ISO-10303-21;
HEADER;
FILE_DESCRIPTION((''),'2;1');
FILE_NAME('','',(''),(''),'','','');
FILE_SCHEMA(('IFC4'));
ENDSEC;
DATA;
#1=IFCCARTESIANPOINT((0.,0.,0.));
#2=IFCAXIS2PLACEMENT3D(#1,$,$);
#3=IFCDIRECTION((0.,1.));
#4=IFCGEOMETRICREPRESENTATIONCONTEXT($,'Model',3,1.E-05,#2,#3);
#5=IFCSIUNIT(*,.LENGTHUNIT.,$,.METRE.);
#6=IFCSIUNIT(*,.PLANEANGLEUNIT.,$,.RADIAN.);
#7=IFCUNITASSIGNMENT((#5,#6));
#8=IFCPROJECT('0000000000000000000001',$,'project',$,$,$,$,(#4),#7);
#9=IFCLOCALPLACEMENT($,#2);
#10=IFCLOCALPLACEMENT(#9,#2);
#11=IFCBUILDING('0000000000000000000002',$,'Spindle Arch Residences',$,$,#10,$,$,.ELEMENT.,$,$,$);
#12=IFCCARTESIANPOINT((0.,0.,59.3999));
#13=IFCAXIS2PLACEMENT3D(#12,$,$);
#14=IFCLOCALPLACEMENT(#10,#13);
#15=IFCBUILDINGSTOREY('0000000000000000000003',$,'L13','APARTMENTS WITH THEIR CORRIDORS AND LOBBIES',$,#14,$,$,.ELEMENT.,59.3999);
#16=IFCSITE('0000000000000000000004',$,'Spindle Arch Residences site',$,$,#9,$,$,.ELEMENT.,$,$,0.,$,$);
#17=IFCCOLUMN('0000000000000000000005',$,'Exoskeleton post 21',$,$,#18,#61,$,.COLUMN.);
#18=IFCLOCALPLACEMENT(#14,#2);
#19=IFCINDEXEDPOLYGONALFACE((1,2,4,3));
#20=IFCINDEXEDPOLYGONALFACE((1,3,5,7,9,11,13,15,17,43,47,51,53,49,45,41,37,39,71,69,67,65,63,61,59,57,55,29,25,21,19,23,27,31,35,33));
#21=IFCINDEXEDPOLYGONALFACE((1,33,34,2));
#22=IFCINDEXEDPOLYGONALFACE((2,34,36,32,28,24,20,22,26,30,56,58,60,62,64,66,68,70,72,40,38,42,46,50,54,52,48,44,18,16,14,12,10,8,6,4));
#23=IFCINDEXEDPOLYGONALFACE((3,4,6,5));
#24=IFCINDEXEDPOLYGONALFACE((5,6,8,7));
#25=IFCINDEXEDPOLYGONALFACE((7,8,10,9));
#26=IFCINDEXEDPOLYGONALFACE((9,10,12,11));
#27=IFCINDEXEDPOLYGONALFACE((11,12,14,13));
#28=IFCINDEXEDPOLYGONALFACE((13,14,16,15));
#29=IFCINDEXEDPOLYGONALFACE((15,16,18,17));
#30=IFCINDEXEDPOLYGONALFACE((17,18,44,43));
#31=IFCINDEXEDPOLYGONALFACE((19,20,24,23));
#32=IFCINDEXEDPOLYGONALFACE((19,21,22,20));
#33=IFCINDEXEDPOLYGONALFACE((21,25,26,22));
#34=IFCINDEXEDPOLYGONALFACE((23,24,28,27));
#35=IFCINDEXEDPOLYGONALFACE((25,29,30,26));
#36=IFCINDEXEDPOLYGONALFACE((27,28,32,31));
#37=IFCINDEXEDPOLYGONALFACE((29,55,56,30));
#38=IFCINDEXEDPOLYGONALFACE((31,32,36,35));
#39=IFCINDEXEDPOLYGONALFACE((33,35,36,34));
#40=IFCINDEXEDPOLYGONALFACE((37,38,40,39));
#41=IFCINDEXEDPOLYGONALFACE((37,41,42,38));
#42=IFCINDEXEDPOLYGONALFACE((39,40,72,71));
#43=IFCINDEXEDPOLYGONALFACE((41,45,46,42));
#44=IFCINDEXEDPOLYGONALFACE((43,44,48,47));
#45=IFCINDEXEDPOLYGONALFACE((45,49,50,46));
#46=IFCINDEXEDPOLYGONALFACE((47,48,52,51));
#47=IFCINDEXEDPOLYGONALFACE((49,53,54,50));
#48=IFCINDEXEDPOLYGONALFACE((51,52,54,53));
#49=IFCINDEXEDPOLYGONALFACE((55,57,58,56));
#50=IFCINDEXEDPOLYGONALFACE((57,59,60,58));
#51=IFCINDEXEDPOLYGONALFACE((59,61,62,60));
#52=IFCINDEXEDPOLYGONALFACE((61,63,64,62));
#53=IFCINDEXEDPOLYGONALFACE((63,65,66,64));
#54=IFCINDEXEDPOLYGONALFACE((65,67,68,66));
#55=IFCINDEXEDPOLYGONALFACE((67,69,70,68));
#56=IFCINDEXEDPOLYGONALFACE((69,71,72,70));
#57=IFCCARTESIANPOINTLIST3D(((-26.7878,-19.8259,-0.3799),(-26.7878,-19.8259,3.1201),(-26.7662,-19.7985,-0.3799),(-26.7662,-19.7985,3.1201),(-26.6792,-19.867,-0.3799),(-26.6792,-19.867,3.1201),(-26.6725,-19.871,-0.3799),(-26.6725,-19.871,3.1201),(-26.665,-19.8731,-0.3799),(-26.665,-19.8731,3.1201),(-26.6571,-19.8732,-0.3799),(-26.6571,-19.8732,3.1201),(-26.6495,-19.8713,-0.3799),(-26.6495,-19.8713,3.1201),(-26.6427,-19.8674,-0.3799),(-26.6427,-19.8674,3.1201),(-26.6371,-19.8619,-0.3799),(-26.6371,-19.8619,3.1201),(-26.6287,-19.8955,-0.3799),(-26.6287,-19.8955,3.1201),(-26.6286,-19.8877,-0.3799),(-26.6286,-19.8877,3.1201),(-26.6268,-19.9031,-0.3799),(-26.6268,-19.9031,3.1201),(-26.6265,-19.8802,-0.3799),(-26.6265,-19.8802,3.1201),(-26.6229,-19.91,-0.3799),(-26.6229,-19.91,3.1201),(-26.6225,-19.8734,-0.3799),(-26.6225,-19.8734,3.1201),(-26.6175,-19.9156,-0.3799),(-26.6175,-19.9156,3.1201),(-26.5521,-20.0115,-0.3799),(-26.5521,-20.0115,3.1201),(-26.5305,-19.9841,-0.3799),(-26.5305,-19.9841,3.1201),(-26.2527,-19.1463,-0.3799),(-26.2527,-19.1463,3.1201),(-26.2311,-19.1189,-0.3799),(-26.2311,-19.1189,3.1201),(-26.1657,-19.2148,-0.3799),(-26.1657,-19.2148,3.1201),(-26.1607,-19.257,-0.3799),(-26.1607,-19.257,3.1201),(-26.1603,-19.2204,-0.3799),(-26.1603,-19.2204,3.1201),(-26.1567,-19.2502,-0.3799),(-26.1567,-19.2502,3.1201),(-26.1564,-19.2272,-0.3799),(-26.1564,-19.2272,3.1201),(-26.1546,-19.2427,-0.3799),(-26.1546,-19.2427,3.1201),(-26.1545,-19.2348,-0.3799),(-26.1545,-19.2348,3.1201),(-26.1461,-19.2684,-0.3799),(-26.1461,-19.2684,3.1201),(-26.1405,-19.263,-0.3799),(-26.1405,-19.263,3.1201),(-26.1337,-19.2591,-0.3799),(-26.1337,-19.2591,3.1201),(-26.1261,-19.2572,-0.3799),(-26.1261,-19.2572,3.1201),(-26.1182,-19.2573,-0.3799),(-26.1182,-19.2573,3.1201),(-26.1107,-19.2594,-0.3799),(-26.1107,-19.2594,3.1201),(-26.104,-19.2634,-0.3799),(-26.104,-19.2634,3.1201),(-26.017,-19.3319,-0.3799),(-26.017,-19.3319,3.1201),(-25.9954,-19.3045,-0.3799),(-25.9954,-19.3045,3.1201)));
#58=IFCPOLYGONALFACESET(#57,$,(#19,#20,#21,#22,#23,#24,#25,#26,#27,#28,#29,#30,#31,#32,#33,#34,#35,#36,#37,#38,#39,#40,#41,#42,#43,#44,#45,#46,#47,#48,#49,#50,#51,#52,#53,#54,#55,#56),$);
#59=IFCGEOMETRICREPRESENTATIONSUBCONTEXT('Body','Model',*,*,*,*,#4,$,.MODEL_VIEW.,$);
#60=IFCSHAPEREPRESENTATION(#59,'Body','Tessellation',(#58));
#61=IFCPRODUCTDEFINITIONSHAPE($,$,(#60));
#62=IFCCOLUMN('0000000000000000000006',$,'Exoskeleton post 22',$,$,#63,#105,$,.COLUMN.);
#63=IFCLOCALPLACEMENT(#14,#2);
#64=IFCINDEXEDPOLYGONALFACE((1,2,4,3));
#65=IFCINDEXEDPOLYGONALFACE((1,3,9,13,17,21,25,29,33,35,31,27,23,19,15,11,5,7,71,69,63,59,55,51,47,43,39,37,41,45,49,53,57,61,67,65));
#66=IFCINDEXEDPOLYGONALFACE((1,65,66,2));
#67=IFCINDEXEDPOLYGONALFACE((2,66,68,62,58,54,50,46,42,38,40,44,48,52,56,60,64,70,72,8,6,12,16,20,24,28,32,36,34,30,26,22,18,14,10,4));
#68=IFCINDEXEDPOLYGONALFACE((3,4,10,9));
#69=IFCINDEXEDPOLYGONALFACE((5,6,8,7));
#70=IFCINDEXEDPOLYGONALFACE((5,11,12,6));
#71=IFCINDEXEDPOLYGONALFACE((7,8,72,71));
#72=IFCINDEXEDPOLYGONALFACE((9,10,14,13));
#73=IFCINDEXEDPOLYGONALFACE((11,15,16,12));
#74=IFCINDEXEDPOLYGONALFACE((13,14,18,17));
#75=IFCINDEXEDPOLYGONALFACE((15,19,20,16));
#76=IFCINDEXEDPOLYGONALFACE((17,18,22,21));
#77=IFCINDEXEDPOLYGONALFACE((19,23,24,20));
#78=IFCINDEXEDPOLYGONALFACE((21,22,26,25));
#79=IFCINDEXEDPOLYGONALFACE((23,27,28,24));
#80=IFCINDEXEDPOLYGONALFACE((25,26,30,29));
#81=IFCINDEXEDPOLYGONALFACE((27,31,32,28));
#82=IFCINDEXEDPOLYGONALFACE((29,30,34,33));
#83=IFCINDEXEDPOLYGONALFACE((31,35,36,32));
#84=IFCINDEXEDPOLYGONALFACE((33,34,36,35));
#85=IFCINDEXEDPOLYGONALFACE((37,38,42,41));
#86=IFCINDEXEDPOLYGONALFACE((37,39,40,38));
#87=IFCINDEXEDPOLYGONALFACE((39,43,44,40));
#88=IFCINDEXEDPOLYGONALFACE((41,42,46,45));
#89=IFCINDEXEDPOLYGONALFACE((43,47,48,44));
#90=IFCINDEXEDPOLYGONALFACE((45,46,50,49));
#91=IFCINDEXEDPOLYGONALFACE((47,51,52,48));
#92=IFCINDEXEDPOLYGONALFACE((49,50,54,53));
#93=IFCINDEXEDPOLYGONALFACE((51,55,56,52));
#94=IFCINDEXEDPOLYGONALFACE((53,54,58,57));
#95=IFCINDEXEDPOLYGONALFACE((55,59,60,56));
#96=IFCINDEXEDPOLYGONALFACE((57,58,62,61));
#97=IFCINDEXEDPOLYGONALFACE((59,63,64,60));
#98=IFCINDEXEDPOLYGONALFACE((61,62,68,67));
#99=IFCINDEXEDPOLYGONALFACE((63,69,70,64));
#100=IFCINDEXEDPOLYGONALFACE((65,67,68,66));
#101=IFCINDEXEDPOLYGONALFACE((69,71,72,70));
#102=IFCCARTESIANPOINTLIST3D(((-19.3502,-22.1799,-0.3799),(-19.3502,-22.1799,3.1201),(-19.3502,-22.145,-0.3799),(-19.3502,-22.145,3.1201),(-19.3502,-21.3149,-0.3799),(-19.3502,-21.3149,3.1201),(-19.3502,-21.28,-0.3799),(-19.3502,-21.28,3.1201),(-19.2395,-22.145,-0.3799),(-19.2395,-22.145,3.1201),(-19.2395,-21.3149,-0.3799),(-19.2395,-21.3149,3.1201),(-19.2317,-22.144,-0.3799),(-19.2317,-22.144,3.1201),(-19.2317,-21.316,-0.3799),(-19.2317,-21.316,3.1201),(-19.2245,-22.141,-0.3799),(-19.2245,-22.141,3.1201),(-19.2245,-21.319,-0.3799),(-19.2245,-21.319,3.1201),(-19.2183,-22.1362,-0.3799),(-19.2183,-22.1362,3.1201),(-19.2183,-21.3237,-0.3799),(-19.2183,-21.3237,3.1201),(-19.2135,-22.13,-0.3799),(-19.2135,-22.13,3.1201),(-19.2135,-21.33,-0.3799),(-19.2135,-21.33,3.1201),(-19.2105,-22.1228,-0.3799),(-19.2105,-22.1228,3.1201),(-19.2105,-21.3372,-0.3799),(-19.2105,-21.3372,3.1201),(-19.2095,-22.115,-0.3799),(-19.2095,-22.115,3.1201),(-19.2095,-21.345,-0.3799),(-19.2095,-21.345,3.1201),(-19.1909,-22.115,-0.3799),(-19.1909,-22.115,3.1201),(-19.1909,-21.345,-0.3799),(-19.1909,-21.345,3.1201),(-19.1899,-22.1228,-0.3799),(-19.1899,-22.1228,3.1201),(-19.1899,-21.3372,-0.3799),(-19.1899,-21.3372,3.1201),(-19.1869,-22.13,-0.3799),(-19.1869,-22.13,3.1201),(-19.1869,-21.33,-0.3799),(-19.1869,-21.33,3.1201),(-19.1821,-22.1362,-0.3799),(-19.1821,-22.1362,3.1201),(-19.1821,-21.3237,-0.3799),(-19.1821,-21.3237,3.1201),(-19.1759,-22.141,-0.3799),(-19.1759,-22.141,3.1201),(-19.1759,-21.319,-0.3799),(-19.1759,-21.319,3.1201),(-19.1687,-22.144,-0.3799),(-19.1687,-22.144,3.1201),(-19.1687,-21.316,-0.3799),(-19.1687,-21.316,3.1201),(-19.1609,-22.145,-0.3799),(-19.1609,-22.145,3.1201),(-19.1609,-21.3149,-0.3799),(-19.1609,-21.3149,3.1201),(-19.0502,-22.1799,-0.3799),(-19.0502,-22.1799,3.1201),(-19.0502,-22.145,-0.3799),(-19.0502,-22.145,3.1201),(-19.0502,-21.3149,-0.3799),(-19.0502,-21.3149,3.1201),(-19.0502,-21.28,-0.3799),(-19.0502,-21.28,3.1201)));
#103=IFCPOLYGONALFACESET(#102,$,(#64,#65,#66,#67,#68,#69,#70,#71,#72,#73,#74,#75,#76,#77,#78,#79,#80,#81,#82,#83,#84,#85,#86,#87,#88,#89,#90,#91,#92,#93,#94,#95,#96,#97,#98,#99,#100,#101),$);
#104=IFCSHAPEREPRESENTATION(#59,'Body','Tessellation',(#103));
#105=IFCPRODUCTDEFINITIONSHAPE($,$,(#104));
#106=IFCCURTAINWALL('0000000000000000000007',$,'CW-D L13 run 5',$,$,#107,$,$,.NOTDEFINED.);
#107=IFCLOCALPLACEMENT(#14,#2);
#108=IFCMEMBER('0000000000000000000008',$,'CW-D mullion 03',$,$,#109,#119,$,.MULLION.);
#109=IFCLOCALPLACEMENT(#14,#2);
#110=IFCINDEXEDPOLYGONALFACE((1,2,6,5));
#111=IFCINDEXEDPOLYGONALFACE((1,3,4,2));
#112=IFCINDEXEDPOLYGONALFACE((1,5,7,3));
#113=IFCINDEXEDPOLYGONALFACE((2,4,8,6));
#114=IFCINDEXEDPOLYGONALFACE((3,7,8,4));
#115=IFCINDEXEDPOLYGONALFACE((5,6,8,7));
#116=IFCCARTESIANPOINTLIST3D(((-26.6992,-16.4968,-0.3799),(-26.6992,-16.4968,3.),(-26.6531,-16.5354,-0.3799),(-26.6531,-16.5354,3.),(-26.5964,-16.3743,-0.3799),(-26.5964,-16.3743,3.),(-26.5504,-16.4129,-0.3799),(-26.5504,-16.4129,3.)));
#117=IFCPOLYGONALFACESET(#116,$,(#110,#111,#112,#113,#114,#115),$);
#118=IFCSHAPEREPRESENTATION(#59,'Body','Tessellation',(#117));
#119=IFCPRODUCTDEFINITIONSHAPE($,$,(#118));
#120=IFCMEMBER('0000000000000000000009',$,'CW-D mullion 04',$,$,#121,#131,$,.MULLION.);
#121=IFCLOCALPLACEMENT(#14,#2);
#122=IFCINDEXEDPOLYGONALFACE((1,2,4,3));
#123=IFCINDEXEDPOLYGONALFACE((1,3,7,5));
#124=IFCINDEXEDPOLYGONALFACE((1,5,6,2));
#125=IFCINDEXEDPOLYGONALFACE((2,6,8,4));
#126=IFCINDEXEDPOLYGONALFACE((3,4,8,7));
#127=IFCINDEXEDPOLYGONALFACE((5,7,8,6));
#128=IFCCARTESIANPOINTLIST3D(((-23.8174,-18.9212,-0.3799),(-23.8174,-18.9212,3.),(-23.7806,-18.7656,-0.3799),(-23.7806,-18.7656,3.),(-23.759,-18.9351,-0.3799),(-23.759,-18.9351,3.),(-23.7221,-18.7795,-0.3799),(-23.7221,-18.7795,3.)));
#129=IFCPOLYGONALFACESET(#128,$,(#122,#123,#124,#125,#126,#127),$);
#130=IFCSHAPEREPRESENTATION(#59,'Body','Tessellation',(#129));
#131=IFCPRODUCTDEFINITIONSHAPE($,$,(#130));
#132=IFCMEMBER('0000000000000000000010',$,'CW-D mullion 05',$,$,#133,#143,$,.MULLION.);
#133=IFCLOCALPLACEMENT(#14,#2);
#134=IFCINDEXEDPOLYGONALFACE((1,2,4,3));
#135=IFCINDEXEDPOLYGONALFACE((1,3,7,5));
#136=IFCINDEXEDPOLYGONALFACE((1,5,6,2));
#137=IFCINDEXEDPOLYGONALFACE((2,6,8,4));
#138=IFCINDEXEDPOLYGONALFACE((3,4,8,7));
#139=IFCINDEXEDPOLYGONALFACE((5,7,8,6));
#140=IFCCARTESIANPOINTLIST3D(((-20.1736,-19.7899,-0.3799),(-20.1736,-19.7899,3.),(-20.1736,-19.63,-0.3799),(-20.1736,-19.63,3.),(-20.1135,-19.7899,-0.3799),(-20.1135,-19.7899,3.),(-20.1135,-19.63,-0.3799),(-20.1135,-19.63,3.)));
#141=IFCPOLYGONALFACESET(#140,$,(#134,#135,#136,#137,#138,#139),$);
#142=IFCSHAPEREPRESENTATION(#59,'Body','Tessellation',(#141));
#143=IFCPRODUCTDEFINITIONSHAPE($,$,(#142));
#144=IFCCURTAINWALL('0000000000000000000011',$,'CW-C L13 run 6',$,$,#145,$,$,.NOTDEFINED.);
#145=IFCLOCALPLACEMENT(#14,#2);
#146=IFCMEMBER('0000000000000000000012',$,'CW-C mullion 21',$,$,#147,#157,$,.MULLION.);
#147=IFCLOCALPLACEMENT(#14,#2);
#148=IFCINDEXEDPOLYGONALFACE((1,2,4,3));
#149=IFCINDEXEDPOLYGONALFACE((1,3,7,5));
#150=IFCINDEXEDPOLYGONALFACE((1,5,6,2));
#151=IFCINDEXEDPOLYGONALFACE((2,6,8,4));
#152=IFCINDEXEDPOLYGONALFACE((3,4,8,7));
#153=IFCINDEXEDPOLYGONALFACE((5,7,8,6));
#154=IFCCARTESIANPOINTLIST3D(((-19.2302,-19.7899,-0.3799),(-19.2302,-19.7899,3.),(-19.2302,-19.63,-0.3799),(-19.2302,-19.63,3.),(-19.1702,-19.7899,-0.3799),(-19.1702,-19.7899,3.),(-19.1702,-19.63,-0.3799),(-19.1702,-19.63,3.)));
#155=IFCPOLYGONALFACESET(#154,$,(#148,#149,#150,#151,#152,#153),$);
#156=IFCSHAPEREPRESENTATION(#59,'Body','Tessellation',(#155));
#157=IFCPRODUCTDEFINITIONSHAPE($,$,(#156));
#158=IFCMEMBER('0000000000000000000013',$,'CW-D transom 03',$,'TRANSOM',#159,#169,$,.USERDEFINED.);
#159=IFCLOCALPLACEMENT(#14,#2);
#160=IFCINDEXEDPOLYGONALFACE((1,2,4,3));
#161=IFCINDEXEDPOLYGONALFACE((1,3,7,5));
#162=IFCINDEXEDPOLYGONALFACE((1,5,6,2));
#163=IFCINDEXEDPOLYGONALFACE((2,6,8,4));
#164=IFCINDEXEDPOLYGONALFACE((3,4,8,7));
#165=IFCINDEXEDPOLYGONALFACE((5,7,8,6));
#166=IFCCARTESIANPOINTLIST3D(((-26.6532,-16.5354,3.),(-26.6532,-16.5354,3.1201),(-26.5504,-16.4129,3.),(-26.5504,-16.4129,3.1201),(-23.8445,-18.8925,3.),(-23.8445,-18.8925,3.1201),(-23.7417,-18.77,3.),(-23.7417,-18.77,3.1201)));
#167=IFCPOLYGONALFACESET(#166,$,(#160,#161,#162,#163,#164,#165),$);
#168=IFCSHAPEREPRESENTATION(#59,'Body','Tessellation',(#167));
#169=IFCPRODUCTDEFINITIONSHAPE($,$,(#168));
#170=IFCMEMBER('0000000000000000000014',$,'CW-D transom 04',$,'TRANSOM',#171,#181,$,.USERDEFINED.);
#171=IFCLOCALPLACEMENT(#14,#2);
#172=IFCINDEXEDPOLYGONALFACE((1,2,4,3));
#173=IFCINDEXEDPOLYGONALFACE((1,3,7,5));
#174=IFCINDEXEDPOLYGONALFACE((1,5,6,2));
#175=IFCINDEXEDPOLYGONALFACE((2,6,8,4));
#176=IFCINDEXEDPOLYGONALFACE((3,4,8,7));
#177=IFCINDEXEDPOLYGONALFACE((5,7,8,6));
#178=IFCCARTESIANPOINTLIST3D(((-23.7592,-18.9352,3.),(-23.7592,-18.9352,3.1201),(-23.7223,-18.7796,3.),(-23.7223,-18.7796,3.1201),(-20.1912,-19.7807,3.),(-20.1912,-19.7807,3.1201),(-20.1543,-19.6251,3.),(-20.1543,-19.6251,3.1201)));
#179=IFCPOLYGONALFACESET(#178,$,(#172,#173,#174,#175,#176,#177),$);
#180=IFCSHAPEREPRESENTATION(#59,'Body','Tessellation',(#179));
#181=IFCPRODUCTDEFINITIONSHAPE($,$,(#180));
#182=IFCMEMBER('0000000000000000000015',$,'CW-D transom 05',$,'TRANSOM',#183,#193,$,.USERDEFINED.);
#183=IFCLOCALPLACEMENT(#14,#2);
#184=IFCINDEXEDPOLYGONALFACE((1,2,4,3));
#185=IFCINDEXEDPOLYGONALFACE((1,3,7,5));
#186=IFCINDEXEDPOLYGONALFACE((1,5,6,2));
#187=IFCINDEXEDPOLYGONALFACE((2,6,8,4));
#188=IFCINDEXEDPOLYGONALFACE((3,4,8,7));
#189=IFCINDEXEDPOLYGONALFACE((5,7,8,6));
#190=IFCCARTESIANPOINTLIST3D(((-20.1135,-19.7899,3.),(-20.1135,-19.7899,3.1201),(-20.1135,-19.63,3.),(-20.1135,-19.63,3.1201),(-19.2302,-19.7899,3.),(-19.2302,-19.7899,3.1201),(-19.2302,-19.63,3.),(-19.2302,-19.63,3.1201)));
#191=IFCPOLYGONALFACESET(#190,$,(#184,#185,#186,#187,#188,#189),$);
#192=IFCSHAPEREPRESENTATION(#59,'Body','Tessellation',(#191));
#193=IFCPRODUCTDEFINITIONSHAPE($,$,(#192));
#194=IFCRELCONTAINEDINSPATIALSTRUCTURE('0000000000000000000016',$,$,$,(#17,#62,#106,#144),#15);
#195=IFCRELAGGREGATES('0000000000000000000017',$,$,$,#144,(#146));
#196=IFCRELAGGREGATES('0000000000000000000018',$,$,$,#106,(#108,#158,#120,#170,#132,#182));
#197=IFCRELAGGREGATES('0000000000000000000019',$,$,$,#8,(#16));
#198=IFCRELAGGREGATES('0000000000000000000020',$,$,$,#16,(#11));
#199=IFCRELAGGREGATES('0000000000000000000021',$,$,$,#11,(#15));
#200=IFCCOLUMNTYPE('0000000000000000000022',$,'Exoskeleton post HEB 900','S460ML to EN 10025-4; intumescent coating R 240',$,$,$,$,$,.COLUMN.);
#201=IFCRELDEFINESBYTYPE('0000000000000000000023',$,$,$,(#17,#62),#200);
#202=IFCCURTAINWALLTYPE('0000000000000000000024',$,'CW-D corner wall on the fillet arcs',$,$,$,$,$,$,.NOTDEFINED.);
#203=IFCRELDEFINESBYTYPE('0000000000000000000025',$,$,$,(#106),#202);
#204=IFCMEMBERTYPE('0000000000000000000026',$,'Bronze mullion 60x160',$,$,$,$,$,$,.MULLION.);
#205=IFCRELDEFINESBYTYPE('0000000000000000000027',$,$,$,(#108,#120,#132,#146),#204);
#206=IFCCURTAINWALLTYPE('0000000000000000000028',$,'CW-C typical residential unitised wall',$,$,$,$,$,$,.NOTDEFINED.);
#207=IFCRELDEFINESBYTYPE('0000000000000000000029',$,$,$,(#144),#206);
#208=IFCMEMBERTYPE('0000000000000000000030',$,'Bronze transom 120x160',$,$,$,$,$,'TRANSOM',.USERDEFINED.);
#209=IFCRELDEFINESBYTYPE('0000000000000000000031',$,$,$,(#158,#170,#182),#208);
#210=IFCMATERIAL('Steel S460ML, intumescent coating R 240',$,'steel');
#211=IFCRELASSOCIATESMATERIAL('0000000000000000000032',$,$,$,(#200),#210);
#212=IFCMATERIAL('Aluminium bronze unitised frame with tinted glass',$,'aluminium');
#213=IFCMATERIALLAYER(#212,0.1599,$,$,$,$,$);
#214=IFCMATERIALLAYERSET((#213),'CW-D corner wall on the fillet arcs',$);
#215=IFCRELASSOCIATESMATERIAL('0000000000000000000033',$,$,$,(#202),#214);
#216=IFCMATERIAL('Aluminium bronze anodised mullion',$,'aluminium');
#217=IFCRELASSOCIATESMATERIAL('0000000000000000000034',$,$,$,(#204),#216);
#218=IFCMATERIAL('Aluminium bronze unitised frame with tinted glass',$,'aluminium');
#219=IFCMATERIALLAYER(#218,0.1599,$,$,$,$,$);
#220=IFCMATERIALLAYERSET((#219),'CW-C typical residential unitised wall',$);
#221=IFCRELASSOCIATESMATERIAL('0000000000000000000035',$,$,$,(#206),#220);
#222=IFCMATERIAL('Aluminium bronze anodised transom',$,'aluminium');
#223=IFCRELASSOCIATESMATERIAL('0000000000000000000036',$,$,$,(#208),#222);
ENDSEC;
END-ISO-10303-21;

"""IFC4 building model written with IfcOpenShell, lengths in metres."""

from ifc_helpers import new_model, si_unit, direction, frame, origin, origin_2d, place, context, subcontext, project, spatial, rectangle, i_section, extrude, material, layer, layer_set, material_profile, profile_set, type_object, element, aggregate, save


model = new_model("IFC4")

# Units and contexts
model_context = context("Model", 3, precision=1e-05, world=origin(), true_north=direction((0.0, 1.0)))
body_context = subcontext(model_context, "Body", "Model", "MODEL_VIEW")
ifc_project = project(units=[si_unit("LENGTHUNIT", "METRE"), si_unit("PLANEANGLEUNIT", "RADIAN")], contexts=[model_context])

# Site, building, storey
site_placement = place(None, origin())
site = spatial("IfcSite", under=ifc_project, at=site_placement, Name="Spindle Arch Residences site", CompositionType="ELEMENT", RefElevation=0.0)
building_placement = place(site_placement, origin())
building = spatial("IfcBuilding", under=site, at=building_placement, Name="Spindle Arch Residences", CompositionType="ELEMENT")
storey_placement = place(building_placement, frame((0.0, 0.0, 59.3999)))
storey = spatial("IfcBuildingStorey", under=building, at=storey_placement, Name="L13", Description="APARTMENTS WITH THEIR CORRIDORS AND LOBBIES", CompositionType="ELEMENT", Elevation=59.3999)

# Columns
ifc_material_1 = material(Name="Steel S460ML, intumescent coating R 240", Category="steel")
ifc_material_profile_1 = material_profile(ifc_material_1, i_section(OverallWidth=0.3, OverallDepth=0.8999, WebThickness=0.0186, FlangeThickness=0.0349, FilletRadius=0.03, at=origin_2d()), Name="HEB 900")
ifc_profile_set_1 = profile_set([ifc_material_profile_1], Name="Steel S460ML, intumescent coating R 240")
column_type = type_object("IfcColumnType", Name="Exoskeleton post HEB 900", Description="S460ML to EN 10025-4; intumescent coating R 240", PredefinedType="COLUMN", material=ifc_profile_set_1)
for number, where, z_axis, x_axis, name in (
    (1, (-26.3916, -19.5652, -0.3799), (0.0, 0.0, 1.0), (-0.785684, 0.618629, 0.0), "Exoskeleton post 21"),
    (2, (-19.2002, -21.73, -0.3799), (0.0, 0.0, 1.0), (-1.0, 0.0, 0.0), "Exoskeleton post 22"),
):
    element("IfcColumn", number, at=place(storey_placement, frame(where, z_axis=z_axis, x_axis=x_axis)), inside=storey, type_object=column_type, Name=name, PredefinedType="COLUMN", context=body_context, shape_type="SweptSolid", body=[
        extrude(i_section(OverallWidth=0.3, OverallDepth=0.8999, WebThickness=0.0186, FlangeThickness=0.0349, FilletRadius=0.03, at=origin_2d()), origin(), (0.0, 0.0, 1.0), 3.5),
    ])

# Curtain wall, members
ifc_material_2 = material(Name="Aluminium bronze unitised frame with tinted glass", Category="aluminium")
ifc_layer_1 = layer(ifc_material_2, 0.1599)
ifc_layer_set_1 = layer_set([ifc_layer_1], Name="CW-D corner wall on the fillet arcs")
curtain_wall_type_1 = type_object("IfcCurtainWallType", Name="CW-D corner wall on the fillet arcs", PredefinedType="NOTDEFINED", material=ifc_layer_set_1)
curtain_wall_1_placement = place(storey_placement, origin())
curtain_wall_1 = element("IfcCurtainWall", 3, at=curtain_wall_1_placement, inside=storey, type_object=curtain_wall_type_1, Name="CW-D L13 run 5", PredefinedType="NOTDEFINED")
ifc_material_3 = material(Name="Aluminium bronze anodised mullion", Category="aluminium")
ifc_material_profile_2 = material_profile(ifc_material_3, rectangle(XDim=0.1599, YDim=0.0601, at=origin_2d()), Name="MU 60x160")
ifc_profile_set_2 = profile_set([ifc_material_profile_2], Name="Aluminium bronze anodised mullion")
member_type_1 = type_object("IfcMemberType", Name="Bronze mullion 60x160", PredefinedType="MULLION", material=ifc_profile_set_2)
member_1_placement = place(storey_placement, frame((-26.6248, -16.4548, -0.3799), z_axis=(0.0, 0.0, 1.0), x_axis=(0.642788, 0.766044, 0.0)))
member_1 = element("IfcMember", 4, at=member_1_placement, type_object=member_type_1, Name="CW-D mullion 03", PredefinedType="MULLION", context=body_context, shape_type="SweptSolid", body=[
    extrude(rectangle(XDim=0.1599, YDim=0.0601, at=origin_2d()), origin(), (0.0, 0.0, 1.0), 3.3799),
])
member_2_placement = place(storey_placement, frame((-23.7698, -18.8503, -0.3799), z_axis=(0.0, 0.0, 1.0), x_axis=(0.230616, 0.973045, 0.0)))
member_2 = element("IfcMember", 5, at=member_2_placement, type_object=member_type_1, Name="CW-D mullion 04", PredefinedType="MULLION", context=body_context, shape_type="SweptSolid", body=[
    extrude(rectangle(XDim=0.1599, YDim=0.0601, at=origin_2d()), origin(), (0.0, 0.0, 1.0), 3.3799),
])
member_3_placement = place(storey_placement, frame((-20.1436, -19.71, -0.3799), z_axis=(0.0, 0.0, 1.0), x_axis=(0.0, 1.0, 0.0)))
member_3 = element("IfcMember", 6, at=member_3_placement, type_object=member_type_1, Name="CW-D mullion 05", PredefinedType="MULLION", context=body_context, shape_type="SweptSolid", body=[
    extrude(rectangle(XDim=0.1599, YDim=0.0601, at=origin_2d()), origin(), (0.0, 0.0, 1.0), 3.3799),
])

# Curtain wall, member
ifc_material_4 = material(Name="Aluminium bronze unitised frame with tinted glass", Category="aluminium")
ifc_layer_2 = layer(ifc_material_4, 0.1599)
ifc_layer_set_2 = layer_set([ifc_layer_2], Name="CW-C typical residential unitised wall")
curtain_wall_type_2 = type_object("IfcCurtainWallType", Name="CW-C typical residential unitised wall", PredefinedType="NOTDEFINED", material=ifc_layer_set_2)
curtain_wall_2_placement = place(storey_placement, origin())
curtain_wall_2 = element("IfcCurtainWall", 7, at=curtain_wall_2_placement, inside=storey, type_object=curtain_wall_type_2, Name="CW-C L13 run 6", PredefinedType="NOTDEFINED")
member_4_placement = place(storey_placement, frame((-19.2002, -19.71, -0.3799), z_axis=(0.0, 0.0, 1.0), x_axis=(0.0, 1.0, 0.0)))
member_4 = element("IfcMember", 8, at=member_4_placement, type_object=member_type_1, Name="CW-C mullion 21", PredefinedType="MULLION", context=body_context, shape_type="SweptSolid", body=[
    extrude(rectangle(XDim=0.1599, YDim=0.0601, at=origin_2d()), origin(), (0.0, 0.0, 1.0), 3.3799),
])

# Members
ifc_material_5 = material(Name="Aluminium bronze anodised transom", Category="aluminium")
ifc_material_profile_3 = material_profile(ifc_material_5, rectangle(XDim=0.1599, YDim=0.1201, at=origin_2d()), Name="TR 120x160")
ifc_profile_set_3 = profile_set([ifc_material_profile_3], Name="Aluminium bronze anodised transom")
member_type_2 = type_object("IfcMemberType", Name="Bronze transom 120x160", ElementType="TRANSOM", PredefinedType="USERDEFINED", material=ifc_profile_set_3)
member_5_placement = place(storey_placement, frame((-26.6018, -16.4741, 3.0601), z_axis=(0.766006, -0.642833, 0.0), x_axis=(0.642833, 0.766006, 0.0)))
member_5 = element("IfcMember", 9, at=member_5_placement, type_object=member_type_2, Name="CW-D transom 03", ObjectType="TRANSOM", PredefinedType="USERDEFINED", context=body_context, shape_type="SweptSolid", body=[
    extrude(rectangle(XDim=0.1599, YDim=0.1201, at=origin_2d()), origin(), (0.0, 0.0, 1.0), 3.6667),
])
member_6_placement = place(storey_placement, frame((-23.7407, -18.8574, 3.0601), z_axis=(0.973054, -0.230579, 0.0), x_axis=(0.230579, 0.973054, 0.0)))
member_6 = element("IfcMember", 10, at=member_6_placement, type_object=member_type_2, Name="CW-D transom 04", ObjectType="TRANSOM", PredefinedType="USERDEFINED", context=body_context, shape_type="SweptSolid", body=[
    extrude(rectangle(XDim=0.1599, YDim=0.1201, at=origin_2d()), origin(), (0.0, 0.0, 1.0), 3.6667),
])
member_7_placement = place(storey_placement, frame((-20.1135, -19.71, 3.0601), z_axis=(1.0, 0.0, 0.0), x_axis=(0.0, 1.0, 0.0)))
member_7 = element("IfcMember", 11, at=member_7_placement, type_object=member_type_2, Name="CW-D transom 05", ObjectType="TRANSOM", PredefinedType="USERDEFINED", context=body_context, shape_type="SweptSolid", body=[
    extrude(rectangle(XDim=0.1599, YDim=0.1201, at=origin_2d()), origin(), (0.0, 0.0, 1.0), 0.8833),
])
aggregate(curtain_wall_2, [member_4])

aggregate(curtain_wall_1, [member_1, member_5, member_2, member_6, member_3, member_7])

save(model, "model.ifc")
